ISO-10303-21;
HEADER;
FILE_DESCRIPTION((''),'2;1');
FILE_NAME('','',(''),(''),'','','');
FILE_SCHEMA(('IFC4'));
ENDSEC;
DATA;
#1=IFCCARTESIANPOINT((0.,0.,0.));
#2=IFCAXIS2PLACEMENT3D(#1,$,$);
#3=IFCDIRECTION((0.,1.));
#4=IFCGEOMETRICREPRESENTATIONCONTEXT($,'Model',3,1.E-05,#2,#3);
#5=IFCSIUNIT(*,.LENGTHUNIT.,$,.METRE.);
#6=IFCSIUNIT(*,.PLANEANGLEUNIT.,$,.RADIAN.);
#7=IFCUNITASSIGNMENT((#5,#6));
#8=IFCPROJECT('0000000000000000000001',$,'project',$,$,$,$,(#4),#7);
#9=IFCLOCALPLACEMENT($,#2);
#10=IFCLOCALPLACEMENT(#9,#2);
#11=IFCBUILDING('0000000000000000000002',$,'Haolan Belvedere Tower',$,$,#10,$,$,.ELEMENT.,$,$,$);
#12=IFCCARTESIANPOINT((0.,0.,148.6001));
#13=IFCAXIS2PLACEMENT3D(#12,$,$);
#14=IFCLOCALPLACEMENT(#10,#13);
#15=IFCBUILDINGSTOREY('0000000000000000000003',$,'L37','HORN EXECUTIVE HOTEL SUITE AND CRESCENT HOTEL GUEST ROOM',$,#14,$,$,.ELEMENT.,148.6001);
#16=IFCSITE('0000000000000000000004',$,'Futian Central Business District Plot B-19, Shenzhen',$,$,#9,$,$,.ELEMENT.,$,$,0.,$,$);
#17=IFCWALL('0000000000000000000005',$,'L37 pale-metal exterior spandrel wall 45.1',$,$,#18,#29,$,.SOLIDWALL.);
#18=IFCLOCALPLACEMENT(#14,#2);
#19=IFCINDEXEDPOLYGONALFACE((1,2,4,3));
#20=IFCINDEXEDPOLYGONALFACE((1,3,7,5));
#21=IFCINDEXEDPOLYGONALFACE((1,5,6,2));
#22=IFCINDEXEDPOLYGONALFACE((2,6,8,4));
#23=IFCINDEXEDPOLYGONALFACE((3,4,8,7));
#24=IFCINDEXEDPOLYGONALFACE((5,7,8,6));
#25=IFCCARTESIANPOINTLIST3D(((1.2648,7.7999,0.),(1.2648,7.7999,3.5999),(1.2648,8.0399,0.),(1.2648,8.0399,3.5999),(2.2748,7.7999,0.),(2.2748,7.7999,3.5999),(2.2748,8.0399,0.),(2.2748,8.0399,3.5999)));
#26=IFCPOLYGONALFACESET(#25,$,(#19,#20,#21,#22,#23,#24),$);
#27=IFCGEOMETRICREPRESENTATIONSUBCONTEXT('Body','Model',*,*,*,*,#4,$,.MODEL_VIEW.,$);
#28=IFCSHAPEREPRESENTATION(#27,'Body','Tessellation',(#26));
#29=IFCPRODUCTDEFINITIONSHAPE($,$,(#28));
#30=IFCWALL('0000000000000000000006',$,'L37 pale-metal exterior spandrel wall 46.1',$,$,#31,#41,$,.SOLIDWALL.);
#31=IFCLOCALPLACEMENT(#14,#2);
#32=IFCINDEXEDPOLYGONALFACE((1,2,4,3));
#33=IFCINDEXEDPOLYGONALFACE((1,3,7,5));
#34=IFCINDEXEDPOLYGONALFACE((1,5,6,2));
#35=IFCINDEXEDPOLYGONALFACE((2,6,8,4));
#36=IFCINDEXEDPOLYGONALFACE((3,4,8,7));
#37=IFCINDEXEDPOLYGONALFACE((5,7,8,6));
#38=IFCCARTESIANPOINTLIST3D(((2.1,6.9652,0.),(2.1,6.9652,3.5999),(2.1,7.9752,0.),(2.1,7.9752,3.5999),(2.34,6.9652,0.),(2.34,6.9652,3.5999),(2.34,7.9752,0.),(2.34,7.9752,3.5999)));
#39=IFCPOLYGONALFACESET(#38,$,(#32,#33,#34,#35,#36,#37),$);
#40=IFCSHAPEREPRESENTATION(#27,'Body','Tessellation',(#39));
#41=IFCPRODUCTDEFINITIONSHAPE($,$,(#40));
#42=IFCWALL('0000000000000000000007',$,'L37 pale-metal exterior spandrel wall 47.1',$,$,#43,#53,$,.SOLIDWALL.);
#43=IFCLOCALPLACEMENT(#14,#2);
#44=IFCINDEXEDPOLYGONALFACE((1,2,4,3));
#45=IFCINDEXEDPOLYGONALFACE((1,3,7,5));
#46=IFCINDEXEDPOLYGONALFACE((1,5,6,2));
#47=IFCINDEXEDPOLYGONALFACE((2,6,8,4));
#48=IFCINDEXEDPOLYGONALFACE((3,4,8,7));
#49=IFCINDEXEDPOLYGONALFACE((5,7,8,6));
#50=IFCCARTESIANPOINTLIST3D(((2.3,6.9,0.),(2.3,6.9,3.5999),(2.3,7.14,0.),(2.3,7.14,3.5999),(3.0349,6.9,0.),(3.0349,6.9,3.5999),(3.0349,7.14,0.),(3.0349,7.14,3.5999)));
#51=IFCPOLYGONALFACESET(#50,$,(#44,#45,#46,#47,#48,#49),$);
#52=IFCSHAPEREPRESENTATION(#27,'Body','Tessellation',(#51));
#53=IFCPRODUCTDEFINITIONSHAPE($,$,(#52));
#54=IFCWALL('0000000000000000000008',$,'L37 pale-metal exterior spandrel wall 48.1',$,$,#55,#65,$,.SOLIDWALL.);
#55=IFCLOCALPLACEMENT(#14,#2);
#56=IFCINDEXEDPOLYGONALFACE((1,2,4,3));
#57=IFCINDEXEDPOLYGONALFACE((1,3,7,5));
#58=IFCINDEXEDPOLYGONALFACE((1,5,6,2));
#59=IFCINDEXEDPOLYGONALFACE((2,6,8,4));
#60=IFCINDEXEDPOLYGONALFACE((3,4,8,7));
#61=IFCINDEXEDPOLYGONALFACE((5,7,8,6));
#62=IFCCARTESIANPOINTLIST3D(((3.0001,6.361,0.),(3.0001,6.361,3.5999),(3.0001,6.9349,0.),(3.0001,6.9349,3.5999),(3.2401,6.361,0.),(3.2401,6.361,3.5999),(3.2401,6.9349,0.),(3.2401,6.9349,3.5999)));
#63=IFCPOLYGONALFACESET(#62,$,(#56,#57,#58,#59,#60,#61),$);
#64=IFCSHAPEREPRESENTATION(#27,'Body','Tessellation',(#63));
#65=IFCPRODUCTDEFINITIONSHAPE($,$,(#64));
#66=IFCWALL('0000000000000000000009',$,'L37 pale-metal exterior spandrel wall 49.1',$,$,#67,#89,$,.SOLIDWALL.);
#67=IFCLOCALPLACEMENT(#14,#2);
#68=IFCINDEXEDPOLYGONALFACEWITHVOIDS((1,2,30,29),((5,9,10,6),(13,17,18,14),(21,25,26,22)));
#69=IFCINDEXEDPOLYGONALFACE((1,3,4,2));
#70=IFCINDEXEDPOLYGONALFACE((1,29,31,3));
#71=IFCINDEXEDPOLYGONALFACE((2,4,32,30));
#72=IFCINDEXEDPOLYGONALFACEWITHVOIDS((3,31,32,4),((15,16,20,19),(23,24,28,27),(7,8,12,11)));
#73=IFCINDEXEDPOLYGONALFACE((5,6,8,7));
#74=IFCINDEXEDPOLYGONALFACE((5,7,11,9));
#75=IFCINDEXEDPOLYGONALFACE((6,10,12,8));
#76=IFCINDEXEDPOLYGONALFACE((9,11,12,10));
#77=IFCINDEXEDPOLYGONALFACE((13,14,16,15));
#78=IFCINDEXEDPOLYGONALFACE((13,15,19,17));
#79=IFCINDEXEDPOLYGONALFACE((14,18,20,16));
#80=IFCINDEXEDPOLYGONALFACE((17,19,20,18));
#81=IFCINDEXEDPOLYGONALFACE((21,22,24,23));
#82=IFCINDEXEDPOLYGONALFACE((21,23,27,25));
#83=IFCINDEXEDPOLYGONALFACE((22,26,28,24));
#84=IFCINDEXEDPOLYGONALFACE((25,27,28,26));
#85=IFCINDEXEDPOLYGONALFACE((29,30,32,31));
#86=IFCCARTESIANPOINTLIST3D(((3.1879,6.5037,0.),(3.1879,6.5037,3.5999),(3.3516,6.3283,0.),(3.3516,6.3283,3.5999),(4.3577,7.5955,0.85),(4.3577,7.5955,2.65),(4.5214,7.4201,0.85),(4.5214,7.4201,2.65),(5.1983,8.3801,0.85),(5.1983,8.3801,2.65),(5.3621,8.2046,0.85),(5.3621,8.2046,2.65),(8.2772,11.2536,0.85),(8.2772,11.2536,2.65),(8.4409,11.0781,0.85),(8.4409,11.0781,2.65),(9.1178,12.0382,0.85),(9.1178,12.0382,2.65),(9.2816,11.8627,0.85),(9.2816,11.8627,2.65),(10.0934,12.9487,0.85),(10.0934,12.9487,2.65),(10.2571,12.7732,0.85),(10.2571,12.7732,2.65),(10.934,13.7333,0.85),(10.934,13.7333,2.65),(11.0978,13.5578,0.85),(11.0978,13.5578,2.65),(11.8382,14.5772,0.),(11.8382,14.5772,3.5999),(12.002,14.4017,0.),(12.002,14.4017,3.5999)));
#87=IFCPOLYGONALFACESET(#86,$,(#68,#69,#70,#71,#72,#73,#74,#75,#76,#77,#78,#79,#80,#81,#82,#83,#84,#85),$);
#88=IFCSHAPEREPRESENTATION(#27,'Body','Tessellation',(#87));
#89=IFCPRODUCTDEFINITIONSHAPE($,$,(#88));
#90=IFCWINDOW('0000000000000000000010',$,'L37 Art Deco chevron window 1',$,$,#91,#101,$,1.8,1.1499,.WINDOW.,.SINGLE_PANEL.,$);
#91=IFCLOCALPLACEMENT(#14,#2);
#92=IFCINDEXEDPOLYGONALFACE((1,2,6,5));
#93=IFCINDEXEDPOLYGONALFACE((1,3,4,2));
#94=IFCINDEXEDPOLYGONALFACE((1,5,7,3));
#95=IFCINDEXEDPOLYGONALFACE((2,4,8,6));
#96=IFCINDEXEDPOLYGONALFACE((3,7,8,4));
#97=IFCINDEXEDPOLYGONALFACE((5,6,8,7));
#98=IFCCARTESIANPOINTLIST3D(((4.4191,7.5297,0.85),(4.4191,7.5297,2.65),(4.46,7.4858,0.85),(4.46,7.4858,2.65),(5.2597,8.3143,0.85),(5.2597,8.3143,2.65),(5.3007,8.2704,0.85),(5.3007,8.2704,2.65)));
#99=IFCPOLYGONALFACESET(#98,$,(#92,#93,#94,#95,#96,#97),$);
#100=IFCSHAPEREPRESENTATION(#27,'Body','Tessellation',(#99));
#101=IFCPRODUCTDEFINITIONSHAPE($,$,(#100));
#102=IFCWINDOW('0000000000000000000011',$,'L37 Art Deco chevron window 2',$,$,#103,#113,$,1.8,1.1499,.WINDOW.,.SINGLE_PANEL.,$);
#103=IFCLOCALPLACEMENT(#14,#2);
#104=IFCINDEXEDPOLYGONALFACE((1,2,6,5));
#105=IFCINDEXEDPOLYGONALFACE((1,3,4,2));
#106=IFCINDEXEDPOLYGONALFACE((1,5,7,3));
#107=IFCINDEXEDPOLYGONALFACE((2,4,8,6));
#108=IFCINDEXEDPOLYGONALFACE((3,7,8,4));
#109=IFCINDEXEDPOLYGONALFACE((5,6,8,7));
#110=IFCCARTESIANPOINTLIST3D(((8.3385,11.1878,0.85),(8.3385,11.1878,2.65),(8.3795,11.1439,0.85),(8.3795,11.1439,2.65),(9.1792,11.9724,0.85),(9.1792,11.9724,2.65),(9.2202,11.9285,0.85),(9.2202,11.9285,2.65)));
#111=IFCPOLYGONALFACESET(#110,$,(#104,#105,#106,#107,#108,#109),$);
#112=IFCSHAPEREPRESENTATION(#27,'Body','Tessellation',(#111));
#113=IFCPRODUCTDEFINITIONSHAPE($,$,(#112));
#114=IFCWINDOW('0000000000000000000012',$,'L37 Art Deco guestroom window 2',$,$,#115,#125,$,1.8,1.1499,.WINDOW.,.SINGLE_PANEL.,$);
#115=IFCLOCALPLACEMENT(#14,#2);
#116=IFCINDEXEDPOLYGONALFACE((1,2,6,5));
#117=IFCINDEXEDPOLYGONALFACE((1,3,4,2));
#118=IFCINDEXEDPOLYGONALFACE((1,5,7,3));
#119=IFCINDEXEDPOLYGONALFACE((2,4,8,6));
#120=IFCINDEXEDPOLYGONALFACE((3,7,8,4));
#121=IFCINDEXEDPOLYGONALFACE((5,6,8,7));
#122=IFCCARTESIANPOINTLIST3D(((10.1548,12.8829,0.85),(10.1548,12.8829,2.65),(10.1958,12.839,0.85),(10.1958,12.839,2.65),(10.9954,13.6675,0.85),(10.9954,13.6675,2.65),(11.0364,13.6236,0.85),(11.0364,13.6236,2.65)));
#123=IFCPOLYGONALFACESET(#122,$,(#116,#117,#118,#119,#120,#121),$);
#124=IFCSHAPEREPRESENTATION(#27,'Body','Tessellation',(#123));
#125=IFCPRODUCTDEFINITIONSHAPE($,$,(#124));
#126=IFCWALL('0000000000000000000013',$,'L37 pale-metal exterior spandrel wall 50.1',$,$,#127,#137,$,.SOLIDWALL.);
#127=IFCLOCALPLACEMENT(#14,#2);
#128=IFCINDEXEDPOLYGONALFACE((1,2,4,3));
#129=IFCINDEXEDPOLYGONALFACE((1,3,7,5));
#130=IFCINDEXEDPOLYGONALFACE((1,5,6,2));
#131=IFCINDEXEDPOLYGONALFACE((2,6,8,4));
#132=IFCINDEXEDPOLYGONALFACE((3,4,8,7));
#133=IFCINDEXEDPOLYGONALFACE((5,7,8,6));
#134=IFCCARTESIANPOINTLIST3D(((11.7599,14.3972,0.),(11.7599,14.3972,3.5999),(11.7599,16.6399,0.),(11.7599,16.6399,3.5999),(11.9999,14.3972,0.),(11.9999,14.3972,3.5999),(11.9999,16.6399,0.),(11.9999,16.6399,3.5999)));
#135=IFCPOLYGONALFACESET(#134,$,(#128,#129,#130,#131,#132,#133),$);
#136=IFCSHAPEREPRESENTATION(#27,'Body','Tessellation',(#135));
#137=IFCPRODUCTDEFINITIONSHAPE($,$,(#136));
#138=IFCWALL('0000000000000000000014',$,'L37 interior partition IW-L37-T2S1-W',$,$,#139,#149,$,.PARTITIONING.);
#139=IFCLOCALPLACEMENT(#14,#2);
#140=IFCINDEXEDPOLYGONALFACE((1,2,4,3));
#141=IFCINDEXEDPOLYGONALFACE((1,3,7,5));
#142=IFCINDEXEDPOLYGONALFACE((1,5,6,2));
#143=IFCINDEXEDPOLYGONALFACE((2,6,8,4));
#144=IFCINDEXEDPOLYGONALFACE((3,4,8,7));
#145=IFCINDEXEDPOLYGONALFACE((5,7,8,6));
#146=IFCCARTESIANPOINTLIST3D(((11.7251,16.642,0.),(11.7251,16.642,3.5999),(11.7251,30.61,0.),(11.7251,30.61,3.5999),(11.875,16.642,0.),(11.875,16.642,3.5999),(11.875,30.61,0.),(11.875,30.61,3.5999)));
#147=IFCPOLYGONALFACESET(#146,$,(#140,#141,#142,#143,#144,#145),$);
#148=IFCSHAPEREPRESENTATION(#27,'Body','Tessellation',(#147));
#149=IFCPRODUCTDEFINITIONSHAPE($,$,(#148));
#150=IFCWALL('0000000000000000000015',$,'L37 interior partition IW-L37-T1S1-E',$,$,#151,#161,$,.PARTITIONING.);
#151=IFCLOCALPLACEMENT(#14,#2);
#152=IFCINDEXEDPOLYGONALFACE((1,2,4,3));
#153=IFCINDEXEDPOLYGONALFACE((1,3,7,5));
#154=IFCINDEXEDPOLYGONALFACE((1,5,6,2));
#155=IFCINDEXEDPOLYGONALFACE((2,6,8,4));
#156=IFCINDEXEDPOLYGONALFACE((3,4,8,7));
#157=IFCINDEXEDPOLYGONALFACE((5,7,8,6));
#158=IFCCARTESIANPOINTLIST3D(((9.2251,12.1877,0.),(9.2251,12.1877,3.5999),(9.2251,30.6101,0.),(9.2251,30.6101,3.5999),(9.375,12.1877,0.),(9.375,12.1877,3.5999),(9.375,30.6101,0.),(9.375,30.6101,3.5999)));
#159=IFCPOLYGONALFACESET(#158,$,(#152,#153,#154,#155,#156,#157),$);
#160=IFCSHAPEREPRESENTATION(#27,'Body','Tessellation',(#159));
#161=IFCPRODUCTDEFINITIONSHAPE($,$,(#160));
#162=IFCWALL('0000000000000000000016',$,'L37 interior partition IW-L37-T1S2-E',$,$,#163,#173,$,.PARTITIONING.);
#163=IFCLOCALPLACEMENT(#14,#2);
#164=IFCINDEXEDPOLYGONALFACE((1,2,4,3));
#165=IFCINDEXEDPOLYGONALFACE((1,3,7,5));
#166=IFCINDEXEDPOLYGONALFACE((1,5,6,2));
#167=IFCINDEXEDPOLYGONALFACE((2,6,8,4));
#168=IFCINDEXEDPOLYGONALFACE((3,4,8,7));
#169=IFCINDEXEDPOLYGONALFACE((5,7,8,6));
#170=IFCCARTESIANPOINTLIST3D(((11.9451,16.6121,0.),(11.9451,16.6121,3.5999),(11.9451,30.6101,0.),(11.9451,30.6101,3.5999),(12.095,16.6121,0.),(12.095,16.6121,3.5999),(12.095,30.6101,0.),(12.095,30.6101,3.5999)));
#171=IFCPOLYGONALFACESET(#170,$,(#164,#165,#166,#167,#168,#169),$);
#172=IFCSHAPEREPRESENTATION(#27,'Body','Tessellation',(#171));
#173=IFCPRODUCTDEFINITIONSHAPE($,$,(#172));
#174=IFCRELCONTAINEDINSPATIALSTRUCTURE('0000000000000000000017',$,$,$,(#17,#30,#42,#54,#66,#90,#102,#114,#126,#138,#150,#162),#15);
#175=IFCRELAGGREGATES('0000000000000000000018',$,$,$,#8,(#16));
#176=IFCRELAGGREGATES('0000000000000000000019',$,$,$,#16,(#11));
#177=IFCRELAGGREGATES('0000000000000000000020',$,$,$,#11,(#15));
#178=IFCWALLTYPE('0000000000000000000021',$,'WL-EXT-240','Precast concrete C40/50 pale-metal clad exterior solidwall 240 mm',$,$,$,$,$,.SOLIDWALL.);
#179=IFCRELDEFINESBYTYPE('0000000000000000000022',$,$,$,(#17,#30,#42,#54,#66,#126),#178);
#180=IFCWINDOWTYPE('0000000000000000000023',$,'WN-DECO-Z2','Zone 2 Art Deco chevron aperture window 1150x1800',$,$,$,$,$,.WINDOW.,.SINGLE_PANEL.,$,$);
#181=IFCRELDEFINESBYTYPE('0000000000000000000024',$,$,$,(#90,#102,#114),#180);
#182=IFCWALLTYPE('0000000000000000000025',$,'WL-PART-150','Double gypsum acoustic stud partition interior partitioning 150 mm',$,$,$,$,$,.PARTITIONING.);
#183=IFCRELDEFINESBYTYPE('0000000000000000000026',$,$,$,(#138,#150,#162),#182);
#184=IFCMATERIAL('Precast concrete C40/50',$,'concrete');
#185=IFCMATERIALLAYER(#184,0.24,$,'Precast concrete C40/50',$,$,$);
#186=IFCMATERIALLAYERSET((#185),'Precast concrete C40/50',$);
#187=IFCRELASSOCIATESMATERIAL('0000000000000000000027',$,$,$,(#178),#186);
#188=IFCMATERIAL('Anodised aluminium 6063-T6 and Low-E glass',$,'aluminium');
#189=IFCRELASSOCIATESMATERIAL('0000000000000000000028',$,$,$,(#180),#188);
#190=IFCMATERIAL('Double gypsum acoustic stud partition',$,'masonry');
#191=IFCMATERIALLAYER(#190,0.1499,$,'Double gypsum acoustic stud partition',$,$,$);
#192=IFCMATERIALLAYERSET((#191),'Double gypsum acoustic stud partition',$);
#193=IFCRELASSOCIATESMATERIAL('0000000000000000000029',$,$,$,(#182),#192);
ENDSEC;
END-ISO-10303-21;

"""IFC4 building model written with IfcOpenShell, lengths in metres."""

from ifc_helpers import new_model, si_unit, direction, frame, frame_2d, origin, place, context, subcontext, project, spatial, rectangle, extrude, material, layer, layer_set, type_object, element, fill, save


model = new_model("IFC4")

# Units and contexts
model_context = context("Model", 3, precision=1e-05, world=origin(), true_north=direction((0.0, 1.0)))
body_context = subcontext(model_context, "Body", "Model", "MODEL_VIEW")
ifc_project = project(units=[si_unit("LENGTHUNIT", "METRE"), si_unit("PLANEANGLEUNIT", "RADIAN")], contexts=[model_context])

# Site, building, storey
site_placement = place(None, origin())
site = spatial("IfcSite", under=ifc_project, at=site_placement, Name="Futian Central Business District Plot B-19, Shenzhen", CompositionType="ELEMENT", RefElevation=0.0)
building_placement = place(site_placement, origin())
building = spatial("IfcBuilding", under=site, at=building_placement, Name="Haolan Belvedere Tower", CompositionType="ELEMENT")
storey_placement = place(building_placement, frame((0.0, 0.0, 148.6001)))
storey = spatial("IfcBuildingStorey", under=building, at=storey_placement, Name="L37", Description="HORN EXECUTIVE HOTEL SUITE AND CRESCENT HOTEL GUEST ROOM", CompositionType="ELEMENT", Elevation=148.6001)

# Walls
ifc_material_1 = material(Name="Precast concrete C40/50", Category="concrete")
ifc_layer_1 = layer(ifc_material_1, 0.24, Name="Precast concrete C40/50")
ifc_layer_set_1 = layer_set([ifc_layer_1], Name="Precast concrete C40/50")
wall_type_1 = type_object("IfcWallType", Name="WL-EXT-240", Description="Precast concrete C40/50 pale-metal clad exterior solidwall 240 mm", PredefinedType="SOLIDWALL", material=ifc_layer_set_1)
for number, where, z_axis, x_axis, name in (
    (1, (1.2649, 7.9199, 0.0), (0.0, 0.0, 1.0), (1.0, 0.0, 0.0), "L37 pale-metal exterior spandrel wall 45.1"),
    (2, (2.22, 7.9751, 0.0), (0.0, 0.0, 1.0), (0.0, -1.0, 0.0), "L37 pale-metal exterior spandrel wall 46.1"),
):
    element("IfcWall", number, at=place(storey_placement, frame(where, z_axis=z_axis, x_axis=x_axis)), inside=storey, type_object=wall_type_1, Name=name, PredefinedType="SOLIDWALL", context=body_context, shape_type="SweptSolid", body=[
        extrude(rectangle(XDim=1.01, YDim=0.24, at=frame_2d((0.5049, 0.0))), origin(), (0.0, 0.0, 1.0), 3.5999),
    ])
wall_1_placement = place(storey_placement, frame((2.3, 7.02, 0.0), z_axis=(0.0, 0.0, 1.0), x_axis=(1.0, 0.0, 0.0)))
element("IfcWall", 3, at=wall_1_placement, inside=storey, type_object=wall_type_1, Name="L37 pale-metal exterior spandrel wall 47.1", PredefinedType="SOLIDWALL", context=body_context, shape_type="SweptSolid", body=[
    extrude(rectangle(XDim=0.7349, YDim=0.24, at=frame_2d((0.3674, 0.0))), origin(), (0.0, 0.0, 1.0), 3.5999),
])
wall_2_placement = place(storey_placement, frame((3.1201, 6.9351, 0.0), z_axis=(0.0, 0.0, 1.0), x_axis=(0.0, -1.0, 0.0)))
element("IfcWall", 4, at=wall_2_placement, inside=storey, type_object=wall_type_1, Name="L37 pale-metal exterior spandrel wall 48.1", PredefinedType="SOLIDWALL", context=body_context, shape_type="SweptSolid", body=[
    extrude(rectangle(XDim=0.574, YDim=0.24, at=frame_2d((0.2871, 0.0))), origin(), (0.0, 0.0, 1.0), 3.5999),
])

# Wall, openings, windows
wall_3_placement = place(storey_placement, frame((3.2698, 6.416, 0.0), z_axis=(0.0, 0.0, 1.0), x_axis=(0.731064, 0.682309, 0.0)))
wall_3 = element("IfcWall", 5, at=wall_3_placement, inside=storey, type_object=wall_type_1, Name="L37 pale-metal exterior spandrel wall 49.1", PredefinedType="SOLIDWALL", context=body_context, shape_type="SweptSolid", body=[
    extrude(rectangle(XDim=11.8325, YDim=0.24, at=frame_2d((5.9163, 0.0))), origin(), (0.0, 0.0, 1.0), 3.5999),
])
opening_1_placement = place(wall_3_placement, frame((1.6001, 0.0, 0.8501)))
opening_1 = element("IfcOpeningElement", 6, at=opening_1_placement, cuts=wall_3, PredefinedType="OPENING", context=body_context, shape_type="SweptSolid", body=[
    extrude(rectangle(XDim=1.1499, YDim=1.8, at=frame_2d((0.575, 0.8999))), frame((0.0, 0.1299, 0.0), z_axis=(0.0, -1.0, 0.0), x_axis=(1.0, 0.0, 0.0)), (0.0, 0.0, 1.0), 0.26),
])
opening_2_placement = place(wall_3_placement, frame((6.9614, 0.0, 0.8501)))
opening_2 = element("IfcOpeningElement", 7, at=opening_2_placement, cuts=wall_3, PredefinedType="OPENING", context=body_context, shape_type="SweptSolid", body=[
    extrude(rectangle(XDim=1.1499, YDim=1.8, at=frame_2d((0.575, 0.8999))), frame((0.0, 0.1299, 0.0), z_axis=(0.0, -1.0, 0.0), x_axis=(1.0, 0.0, 0.0)), (0.0, 0.0, 1.0), 0.26),
])
opening_3_placement = place(wall_3_placement, frame((9.4458, 0.0, 0.8501)))
opening_3 = element("IfcOpeningElement", 8, at=opening_3_placement, cuts=wall_3, PredefinedType="OPENING", context=body_context, shape_type="SweptSolid", body=[
    extrude(rectangle(XDim=1.1499, YDim=1.8, at=frame_2d((0.575, 0.8999))), frame((0.0, 0.1299, 0.0), z_axis=(0.0, -1.0, 0.0), x_axis=(1.0, 0.0, 0.0)), (0.0, 0.0, 1.0), 0.26),
])
ifc_material_2 = material(Name="Anodised aluminium 6063-T6 and Low-E glass", Category="aluminium")
window_type = type_object("IfcWindowType", Name="WN-DECO-Z2", Description="Zone 2 Art Deco chevron aperture window 1150x1800", PartitioningType="SINGLE_PANEL", PredefinedType="WINDOW", material=ifc_material_2)
window_1_placement = place(opening_1_placement, origin())
window_1 = element("IfcWindow", 9, at=window_1_placement, inside=storey, type_object=window_type, Name="L37 Art Deco chevron window 1", OverallHeight=1.8, OverallWidth=1.1499, PartitioningType="SINGLE_PANEL", PredefinedType="WINDOW", context=body_context, shape_type="SweptSolid", body=[
    extrude(rectangle(XDim=1.1499, YDim=1.8, at=frame_2d((0.575, 0.8999))), frame((0.0, 0.03, 0.0), z_axis=(0.0, -1.0, 0.0), x_axis=(1.0, 0.0, 0.0)), (0.0, 0.0, 1.0), 0.0601),
])
fill(opening_1, window_1)
window_2_placement = place(opening_2_placement, origin())
window_2 = element("IfcWindow", 10, at=window_2_placement, inside=storey, type_object=window_type, Name="L37 Art Deco chevron window 2", OverallHeight=1.8, OverallWidth=1.1499, PartitioningType="SINGLE_PANEL", PredefinedType="WINDOW", context=body_context, shape_type="SweptSolid", body=[
    extrude(rectangle(XDim=1.1499, YDim=1.8, at=frame_2d((0.575, 0.8999))), frame((0.0, 0.03, 0.0), z_axis=(0.0, -1.0, 0.0), x_axis=(1.0, 0.0, 0.0)), (0.0, 0.0, 1.0), 0.0601),
])
fill(opening_2, window_2)
window_3_placement = place(opening_3_placement, origin())
window_3 = element("IfcWindow", 11, at=window_3_placement, inside=storey, type_object=window_type, Name="L37 Art Deco guestroom window 2", OverallHeight=1.8, OverallWidth=1.1499, PartitioningType="SINGLE_PANEL", PredefinedType="WINDOW", context=body_context, shape_type="SweptSolid", body=[
    extrude(rectangle(XDim=1.1499, YDim=1.8, at=frame_2d((0.575, 0.8999))), frame((0.0, 0.03, 0.0), z_axis=(0.0, -1.0, 0.0), x_axis=(1.0, 0.0, 0.0)), (0.0, 0.0, 1.0), 0.0601),
])
fill(opening_3, window_3)

# Walls
wall_4_placement = place(storey_placement, frame((11.8799, 14.3972, 0.0), z_axis=(0.0, 0.0, 1.0), x_axis=(0.0, 1.0, 0.0)))
element("IfcWall", 12, at=wall_4_placement, inside=storey, type_object=wall_type_1, Name="L37 pale-metal exterior spandrel wall 50.1", PredefinedType="SOLIDWALL", context=body_context, shape_type="SweptSolid", body=[
    extrude(rectangle(XDim=2.2427, YDim=0.24, at=frame_2d((1.1213, 0.0))), origin(), (0.0, 0.0, 1.0), 3.5999),
])
ifc_material_3 = material(Name="Double gypsum acoustic stud partition", Category="masonry")
ifc_layer_2 = layer(ifc_material_3, 0.1499, Name="Double gypsum acoustic stud partition")
ifc_layer_set_2 = layer_set([ifc_layer_2], Name="Double gypsum acoustic stud partition")
wall_type_2 = type_object("IfcWallType", Name="WL-PART-150", Description="Double gypsum acoustic stud partition interior partitioning 150 mm", PredefinedType="PARTITIONING", material=ifc_layer_set_2)
wall_5_placement = place(storey_placement, frame((11.8, 16.6421, 0.0), z_axis=(0.0, 0.0, 1.0), x_axis=(0.0, 1.0, 0.0)))
element("IfcWall", 13, at=wall_5_placement, inside=storey, type_object=wall_type_2, Name="L37 interior partition IW-L37-T2S1-W", PredefinedType="PARTITIONING", context=body_context, shape_type="SweptSolid", body=[
    extrude(rectangle(XDim=13.968, YDim=0.1499, at=frame_2d((6.9839, 0.0))), origin(), (0.0, 0.0, 1.0), 3.5999),
])
wall_6_placement = place(storey_placement, frame((9.3, 12.1877, 0.0), z_axis=(0.0, 0.0, 1.0), x_axis=(0.0, 1.0, 0.0)))
element("IfcWall", 14, at=wall_6_placement, inside=storey, type_object=wall_type_2, Name="L37 interior partition IW-L37-T1S1-E", PredefinedType="PARTITIONING", context=body_context, shape_type="SweptSolid", body=[
    extrude(rectangle(XDim=18.4224, YDim=0.1499, at=frame_2d((9.2112, 0.0))), origin(), (0.0, 0.0, 1.0), 3.5999),
])
wall_7_placement = place(storey_placement, frame((12.02, 16.6121, 0.0), z_axis=(0.0, 0.0, 1.0), x_axis=(0.0, 1.0, 0.0)))
element("IfcWall", 15, at=wall_7_placement, inside=storey, type_object=wall_type_2, Name="L37 interior partition IW-L37-T1S2-E", PredefinedType="PARTITIONING", context=body_context, shape_type="SweptSolid", body=[
    extrude(rectangle(XDim=13.998, YDim=0.1499, at=frame_2d((6.999, 0.0))), origin(), (0.0, 0.0, 1.0), 3.5999),
])

save(model, "model.ifc")
